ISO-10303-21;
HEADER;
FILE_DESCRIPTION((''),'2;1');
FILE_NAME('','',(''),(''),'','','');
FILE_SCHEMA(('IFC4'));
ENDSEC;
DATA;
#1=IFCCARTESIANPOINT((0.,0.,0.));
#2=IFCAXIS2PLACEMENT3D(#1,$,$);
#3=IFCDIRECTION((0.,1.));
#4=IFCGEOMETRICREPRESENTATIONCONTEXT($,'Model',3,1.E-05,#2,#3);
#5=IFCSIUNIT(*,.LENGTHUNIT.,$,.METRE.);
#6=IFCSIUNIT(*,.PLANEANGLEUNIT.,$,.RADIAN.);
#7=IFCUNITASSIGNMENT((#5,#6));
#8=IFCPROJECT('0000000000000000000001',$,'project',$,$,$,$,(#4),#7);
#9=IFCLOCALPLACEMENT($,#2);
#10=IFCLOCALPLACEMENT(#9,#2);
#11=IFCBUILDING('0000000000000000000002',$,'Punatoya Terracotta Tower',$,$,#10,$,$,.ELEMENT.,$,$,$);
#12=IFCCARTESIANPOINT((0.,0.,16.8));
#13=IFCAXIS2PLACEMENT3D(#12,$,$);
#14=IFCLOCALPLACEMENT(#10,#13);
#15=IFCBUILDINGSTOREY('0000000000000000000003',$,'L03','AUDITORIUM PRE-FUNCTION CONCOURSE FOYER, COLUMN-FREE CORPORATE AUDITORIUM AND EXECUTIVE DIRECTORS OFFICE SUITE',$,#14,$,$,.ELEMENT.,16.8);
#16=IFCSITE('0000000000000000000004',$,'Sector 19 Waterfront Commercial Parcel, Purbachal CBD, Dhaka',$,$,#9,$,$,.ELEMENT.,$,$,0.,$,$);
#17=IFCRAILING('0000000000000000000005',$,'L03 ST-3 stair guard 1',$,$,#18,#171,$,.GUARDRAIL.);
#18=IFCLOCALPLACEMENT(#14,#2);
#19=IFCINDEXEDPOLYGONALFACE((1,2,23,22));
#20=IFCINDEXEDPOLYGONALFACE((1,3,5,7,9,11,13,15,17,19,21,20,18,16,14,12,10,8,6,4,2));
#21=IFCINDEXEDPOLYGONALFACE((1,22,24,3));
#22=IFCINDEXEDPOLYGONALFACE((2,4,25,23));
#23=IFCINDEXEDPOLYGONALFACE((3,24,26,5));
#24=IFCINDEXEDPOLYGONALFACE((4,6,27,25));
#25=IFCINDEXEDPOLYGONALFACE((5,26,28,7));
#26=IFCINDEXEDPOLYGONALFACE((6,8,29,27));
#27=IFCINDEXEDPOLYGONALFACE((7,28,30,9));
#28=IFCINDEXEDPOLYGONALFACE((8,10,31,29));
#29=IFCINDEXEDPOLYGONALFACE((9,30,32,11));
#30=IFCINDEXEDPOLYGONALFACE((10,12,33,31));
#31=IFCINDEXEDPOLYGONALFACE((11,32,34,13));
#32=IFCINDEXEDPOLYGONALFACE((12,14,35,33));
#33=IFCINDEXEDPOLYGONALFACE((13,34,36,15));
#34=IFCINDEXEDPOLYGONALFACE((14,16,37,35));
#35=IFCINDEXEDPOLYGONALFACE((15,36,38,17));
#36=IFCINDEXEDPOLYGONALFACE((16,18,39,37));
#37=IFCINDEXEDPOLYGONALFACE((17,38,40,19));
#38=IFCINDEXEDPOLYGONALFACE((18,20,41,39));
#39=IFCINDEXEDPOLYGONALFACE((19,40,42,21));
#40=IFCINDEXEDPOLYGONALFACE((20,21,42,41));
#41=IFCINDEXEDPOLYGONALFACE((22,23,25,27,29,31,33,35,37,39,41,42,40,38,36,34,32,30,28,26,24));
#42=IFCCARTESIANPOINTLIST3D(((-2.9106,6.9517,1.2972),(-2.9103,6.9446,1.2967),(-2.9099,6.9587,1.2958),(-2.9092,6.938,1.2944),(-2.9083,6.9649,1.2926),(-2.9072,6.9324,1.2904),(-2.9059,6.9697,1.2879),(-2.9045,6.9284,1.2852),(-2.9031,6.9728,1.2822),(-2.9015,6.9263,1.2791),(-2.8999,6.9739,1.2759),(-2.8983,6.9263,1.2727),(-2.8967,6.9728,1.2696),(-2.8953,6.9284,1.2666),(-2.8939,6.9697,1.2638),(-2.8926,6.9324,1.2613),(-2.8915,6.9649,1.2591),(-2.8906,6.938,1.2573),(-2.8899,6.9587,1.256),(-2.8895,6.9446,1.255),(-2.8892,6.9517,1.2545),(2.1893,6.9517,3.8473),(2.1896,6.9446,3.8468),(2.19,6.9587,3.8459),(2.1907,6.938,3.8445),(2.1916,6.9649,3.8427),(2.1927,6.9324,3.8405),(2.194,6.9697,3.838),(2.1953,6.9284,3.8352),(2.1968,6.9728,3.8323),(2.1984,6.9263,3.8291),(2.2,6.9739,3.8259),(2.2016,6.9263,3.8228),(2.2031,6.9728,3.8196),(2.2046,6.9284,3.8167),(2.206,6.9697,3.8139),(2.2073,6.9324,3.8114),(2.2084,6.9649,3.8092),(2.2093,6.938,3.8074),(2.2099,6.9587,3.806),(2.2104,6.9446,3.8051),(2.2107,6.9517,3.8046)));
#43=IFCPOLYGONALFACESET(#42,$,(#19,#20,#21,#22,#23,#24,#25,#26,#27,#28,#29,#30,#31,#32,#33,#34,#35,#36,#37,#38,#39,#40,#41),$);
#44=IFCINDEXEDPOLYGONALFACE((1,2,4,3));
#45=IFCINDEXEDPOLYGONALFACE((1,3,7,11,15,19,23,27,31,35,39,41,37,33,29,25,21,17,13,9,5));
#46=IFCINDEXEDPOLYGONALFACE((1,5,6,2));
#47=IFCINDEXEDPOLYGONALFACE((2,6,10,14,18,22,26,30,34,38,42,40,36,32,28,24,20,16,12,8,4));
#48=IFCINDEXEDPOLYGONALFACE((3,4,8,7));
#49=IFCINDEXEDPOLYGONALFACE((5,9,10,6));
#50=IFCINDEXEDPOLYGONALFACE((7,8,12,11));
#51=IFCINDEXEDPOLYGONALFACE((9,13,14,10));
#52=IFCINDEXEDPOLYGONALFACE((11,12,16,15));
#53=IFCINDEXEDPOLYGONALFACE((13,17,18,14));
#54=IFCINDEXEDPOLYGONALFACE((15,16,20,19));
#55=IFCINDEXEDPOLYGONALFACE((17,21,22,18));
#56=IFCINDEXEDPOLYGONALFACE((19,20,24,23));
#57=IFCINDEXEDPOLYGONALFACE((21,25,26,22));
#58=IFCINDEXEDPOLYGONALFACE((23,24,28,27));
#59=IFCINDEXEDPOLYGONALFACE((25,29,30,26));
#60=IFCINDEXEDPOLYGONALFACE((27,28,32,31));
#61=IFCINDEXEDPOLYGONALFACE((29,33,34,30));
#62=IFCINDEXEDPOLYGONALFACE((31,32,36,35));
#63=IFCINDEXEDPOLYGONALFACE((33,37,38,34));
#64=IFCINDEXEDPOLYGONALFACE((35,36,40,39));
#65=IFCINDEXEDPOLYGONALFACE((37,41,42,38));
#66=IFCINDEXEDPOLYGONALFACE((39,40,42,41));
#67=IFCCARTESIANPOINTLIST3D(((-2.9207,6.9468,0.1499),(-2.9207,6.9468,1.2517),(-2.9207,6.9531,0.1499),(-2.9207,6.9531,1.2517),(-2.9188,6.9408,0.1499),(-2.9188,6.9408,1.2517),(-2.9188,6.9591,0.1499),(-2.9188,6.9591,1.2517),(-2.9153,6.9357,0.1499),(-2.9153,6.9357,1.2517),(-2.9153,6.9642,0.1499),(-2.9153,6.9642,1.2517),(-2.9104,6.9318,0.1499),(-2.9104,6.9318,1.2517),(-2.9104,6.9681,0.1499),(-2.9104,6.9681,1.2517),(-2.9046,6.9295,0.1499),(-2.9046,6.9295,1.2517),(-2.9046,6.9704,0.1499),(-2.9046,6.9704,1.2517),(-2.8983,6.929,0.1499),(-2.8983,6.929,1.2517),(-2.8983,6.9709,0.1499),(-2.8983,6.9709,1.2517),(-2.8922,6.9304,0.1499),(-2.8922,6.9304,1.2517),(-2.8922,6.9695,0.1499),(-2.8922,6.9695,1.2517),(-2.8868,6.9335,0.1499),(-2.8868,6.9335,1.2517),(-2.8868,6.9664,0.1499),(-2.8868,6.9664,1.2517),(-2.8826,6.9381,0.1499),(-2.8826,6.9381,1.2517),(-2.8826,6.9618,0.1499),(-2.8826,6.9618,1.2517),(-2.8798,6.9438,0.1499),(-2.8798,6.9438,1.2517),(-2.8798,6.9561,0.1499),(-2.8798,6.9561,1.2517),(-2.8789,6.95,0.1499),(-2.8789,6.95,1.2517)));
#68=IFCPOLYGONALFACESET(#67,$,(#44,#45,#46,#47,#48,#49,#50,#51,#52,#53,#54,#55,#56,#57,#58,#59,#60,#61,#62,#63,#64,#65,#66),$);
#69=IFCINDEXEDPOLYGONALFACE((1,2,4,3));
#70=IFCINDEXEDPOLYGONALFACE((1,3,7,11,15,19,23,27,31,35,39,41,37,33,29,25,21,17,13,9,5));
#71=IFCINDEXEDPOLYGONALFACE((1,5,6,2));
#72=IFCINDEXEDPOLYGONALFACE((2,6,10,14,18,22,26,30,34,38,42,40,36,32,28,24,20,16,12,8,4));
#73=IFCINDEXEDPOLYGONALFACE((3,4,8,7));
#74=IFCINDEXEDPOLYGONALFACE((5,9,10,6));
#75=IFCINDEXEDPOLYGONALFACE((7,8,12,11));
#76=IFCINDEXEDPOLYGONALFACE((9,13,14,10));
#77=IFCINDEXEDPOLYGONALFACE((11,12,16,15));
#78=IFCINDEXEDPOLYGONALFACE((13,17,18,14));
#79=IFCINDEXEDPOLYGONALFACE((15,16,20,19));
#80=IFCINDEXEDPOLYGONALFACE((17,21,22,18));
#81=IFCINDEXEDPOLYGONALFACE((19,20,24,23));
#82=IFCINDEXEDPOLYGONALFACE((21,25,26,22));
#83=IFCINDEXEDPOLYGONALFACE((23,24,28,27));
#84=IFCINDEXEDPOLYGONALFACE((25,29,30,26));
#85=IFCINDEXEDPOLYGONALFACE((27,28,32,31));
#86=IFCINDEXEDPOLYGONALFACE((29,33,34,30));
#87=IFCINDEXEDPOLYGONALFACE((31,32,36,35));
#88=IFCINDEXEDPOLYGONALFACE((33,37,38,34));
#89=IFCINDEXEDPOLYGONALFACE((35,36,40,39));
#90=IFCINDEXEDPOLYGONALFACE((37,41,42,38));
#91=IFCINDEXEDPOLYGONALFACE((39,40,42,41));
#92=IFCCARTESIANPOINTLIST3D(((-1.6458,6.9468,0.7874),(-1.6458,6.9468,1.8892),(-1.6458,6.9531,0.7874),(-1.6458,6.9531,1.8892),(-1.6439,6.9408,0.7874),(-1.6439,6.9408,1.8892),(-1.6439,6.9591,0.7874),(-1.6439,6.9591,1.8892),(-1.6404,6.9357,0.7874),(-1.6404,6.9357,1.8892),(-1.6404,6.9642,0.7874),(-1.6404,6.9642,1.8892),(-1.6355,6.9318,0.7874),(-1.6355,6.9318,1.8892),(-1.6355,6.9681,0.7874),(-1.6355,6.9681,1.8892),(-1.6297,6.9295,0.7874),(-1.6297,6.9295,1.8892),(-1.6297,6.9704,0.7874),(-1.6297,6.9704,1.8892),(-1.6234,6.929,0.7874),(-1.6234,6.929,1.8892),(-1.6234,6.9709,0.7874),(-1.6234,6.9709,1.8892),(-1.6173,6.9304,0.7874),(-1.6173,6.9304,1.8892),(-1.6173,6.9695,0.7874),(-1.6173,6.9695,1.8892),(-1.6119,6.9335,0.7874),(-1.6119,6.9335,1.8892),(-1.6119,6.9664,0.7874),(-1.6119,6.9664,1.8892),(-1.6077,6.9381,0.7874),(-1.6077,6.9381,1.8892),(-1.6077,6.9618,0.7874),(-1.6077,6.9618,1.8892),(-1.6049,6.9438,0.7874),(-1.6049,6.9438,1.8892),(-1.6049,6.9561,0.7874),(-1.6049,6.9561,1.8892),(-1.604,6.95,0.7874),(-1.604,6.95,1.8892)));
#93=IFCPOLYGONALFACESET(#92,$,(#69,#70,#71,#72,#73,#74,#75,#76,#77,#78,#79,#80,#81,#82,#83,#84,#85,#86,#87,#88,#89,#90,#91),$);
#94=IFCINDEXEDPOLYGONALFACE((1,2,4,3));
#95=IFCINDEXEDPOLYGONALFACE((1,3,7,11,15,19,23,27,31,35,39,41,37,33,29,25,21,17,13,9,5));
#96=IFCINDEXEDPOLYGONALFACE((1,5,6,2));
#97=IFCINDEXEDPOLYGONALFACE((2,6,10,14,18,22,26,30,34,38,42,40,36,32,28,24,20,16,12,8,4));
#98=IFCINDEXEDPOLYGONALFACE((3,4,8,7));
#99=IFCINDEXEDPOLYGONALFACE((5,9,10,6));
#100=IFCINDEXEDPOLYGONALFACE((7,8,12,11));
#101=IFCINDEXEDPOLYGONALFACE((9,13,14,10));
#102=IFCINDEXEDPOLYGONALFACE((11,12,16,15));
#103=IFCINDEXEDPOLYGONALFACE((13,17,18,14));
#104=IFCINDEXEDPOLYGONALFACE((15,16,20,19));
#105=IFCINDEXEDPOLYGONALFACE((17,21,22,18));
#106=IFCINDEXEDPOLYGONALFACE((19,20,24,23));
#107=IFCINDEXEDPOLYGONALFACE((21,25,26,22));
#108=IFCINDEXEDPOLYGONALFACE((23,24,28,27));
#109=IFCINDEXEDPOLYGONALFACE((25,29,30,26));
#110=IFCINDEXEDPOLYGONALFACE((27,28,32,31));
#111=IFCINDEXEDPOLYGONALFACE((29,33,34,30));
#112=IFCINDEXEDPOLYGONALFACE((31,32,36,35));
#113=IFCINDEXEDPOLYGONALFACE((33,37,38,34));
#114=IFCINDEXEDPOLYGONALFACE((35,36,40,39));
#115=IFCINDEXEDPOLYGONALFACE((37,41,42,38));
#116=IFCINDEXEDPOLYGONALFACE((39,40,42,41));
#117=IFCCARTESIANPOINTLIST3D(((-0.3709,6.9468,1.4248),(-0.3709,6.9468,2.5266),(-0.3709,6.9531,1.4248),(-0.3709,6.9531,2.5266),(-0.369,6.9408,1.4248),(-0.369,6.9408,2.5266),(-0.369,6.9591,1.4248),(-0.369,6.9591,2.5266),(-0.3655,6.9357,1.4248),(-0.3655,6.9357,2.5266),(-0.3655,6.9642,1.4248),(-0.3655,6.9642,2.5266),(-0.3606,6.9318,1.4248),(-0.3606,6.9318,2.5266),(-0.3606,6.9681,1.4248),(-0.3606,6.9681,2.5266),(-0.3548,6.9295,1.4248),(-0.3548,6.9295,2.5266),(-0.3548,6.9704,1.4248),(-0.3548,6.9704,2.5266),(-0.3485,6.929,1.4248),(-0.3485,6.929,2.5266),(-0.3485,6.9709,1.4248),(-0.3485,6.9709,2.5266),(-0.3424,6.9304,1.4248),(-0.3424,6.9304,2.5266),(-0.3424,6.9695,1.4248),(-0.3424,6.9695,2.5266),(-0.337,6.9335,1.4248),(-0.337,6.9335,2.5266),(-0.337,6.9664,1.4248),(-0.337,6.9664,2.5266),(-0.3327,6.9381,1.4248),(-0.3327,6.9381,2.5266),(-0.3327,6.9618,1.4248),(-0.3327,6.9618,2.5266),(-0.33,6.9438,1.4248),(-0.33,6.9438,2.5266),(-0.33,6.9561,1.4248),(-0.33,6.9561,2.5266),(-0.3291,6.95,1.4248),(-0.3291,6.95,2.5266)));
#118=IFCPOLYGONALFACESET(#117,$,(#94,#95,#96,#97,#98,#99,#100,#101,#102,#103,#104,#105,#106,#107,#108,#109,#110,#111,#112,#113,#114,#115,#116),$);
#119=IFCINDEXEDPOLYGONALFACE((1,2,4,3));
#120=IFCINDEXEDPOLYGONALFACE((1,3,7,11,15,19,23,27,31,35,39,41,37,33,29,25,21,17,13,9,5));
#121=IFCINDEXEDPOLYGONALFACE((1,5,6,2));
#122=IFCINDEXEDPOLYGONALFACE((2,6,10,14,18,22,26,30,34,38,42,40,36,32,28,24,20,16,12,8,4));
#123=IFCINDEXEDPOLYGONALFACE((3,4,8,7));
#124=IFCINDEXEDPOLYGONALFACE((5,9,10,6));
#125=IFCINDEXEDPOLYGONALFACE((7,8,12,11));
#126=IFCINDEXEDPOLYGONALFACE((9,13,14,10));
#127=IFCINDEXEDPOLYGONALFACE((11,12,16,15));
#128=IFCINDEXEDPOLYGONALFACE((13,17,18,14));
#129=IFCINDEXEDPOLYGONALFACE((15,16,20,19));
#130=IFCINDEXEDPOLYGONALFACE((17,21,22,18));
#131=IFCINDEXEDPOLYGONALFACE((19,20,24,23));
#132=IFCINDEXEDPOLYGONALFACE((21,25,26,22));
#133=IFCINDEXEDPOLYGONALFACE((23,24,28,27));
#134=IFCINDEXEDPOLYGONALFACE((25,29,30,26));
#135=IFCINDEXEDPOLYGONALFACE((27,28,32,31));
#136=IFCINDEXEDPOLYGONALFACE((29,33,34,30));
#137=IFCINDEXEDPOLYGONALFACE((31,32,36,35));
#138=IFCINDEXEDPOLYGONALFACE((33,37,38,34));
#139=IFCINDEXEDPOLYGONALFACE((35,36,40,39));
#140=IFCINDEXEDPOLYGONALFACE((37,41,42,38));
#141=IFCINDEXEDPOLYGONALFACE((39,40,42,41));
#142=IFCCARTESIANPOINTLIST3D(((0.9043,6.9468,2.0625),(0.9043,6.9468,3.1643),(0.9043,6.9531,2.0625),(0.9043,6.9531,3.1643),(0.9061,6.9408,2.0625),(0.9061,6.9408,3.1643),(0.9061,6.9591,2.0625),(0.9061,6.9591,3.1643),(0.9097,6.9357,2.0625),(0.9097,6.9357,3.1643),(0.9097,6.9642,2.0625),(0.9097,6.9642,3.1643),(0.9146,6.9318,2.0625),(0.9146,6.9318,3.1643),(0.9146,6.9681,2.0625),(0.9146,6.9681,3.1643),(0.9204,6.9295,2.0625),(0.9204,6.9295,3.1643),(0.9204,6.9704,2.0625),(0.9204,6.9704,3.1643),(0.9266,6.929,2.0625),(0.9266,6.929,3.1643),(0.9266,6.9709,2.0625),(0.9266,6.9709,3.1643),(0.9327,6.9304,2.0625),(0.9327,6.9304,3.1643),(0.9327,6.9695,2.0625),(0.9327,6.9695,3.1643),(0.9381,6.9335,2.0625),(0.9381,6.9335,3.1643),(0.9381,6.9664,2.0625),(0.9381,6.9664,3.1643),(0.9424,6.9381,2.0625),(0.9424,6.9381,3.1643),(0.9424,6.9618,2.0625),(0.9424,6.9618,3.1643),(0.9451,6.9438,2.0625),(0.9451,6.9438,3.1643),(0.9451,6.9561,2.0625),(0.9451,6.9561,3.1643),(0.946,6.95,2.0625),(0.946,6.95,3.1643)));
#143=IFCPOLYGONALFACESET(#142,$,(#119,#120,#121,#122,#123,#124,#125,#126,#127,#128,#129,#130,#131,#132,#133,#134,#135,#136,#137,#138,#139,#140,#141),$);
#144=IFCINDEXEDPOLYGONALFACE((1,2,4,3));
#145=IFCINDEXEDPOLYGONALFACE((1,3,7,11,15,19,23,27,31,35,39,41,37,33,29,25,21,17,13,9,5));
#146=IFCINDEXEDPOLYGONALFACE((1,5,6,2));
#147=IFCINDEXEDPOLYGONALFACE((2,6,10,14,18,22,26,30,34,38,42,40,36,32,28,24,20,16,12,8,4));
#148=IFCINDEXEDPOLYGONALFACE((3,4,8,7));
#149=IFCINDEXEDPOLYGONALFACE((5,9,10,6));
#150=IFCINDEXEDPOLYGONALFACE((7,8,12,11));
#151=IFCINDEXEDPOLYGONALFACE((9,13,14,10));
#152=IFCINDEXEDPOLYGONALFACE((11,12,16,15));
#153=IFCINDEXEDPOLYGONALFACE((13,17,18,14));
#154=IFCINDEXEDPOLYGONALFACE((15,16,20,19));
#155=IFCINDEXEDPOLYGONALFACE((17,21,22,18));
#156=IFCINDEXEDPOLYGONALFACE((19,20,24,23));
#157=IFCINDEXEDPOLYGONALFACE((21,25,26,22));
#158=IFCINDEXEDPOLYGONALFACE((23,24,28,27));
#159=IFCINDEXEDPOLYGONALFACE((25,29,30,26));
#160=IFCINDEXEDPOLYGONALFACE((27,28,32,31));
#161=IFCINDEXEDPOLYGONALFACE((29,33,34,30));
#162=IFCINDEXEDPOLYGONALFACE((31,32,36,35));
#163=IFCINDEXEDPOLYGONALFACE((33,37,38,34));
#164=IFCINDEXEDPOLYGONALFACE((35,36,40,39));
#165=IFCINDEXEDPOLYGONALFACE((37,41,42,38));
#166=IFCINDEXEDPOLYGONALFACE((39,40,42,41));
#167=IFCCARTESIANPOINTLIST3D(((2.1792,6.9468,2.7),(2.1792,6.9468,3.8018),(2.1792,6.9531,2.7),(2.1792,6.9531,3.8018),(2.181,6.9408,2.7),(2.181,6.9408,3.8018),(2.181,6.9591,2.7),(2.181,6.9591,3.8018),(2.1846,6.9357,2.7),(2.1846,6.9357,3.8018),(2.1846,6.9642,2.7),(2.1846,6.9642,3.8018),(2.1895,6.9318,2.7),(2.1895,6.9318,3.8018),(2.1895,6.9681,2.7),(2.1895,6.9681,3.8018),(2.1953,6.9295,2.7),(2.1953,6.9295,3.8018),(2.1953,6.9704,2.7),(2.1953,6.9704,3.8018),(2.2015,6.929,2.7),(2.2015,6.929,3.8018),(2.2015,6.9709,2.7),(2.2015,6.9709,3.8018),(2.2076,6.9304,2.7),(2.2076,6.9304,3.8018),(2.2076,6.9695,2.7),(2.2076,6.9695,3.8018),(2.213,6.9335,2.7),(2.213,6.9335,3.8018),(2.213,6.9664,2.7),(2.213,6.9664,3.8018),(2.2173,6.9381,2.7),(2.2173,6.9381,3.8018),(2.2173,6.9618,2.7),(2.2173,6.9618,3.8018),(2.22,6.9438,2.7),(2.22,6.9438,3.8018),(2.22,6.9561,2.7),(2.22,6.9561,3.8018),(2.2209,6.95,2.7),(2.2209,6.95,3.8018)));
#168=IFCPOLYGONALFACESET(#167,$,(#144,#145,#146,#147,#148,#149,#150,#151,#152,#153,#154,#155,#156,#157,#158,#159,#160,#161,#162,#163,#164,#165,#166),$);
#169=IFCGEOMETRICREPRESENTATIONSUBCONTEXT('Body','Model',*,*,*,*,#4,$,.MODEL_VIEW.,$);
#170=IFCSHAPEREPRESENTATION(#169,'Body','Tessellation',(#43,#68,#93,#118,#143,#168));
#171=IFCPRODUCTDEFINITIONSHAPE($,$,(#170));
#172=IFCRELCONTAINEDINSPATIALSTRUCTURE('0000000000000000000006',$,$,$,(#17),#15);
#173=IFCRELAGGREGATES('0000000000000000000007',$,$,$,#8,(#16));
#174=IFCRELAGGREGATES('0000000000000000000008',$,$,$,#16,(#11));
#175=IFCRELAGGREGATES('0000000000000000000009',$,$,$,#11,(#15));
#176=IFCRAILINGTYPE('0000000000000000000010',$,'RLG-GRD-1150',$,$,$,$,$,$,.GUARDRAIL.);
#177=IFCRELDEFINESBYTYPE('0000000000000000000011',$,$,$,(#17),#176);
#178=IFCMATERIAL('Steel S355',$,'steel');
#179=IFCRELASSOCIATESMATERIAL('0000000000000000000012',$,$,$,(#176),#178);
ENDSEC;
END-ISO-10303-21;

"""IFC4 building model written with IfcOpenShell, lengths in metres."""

from ifc_helpers import new_model, si_unit, direction, frame, origin, origin_2d, place, context, subcontext, project, spatial, circle, extrude, material, type_object, element, save


model = new_model("IFC4")

# Units and contexts
model_context = context("Model", 3, precision=1e-05, world=origin(), true_north=direction((0.0, 1.0)))
body_context = subcontext(model_context, "Body", "Model", "MODEL_VIEW")
ifc_project = project(units=[si_unit("LENGTHUNIT", "METRE"), si_unit("PLANEANGLEUNIT", "RADIAN")], contexts=[model_context])

# Site, building, storey
site_placement = place(None, origin())
site = spatial("IfcSite", under=ifc_project, at=site_placement, Name="Sector 19 Waterfront Commercial Parcel, Purbachal CBD, Dhaka", CompositionType="ELEMENT", RefElevation=0.0)
building_placement = place(site_placement, origin())
building = spatial("IfcBuilding", under=site, at=building_placement, Name="Punatoya Terracotta Tower", CompositionType="ELEMENT")
storey_placement = place(building_placement, frame((0.0, 0.0, 16.8)))
storey = spatial("IfcBuildingStorey", under=building, at=storey_placement, Name="L03", Description="AUDITORIUM PRE-FUNCTION CONCOURSE FOYER, COLUMN-FREE CORPORATE AUDITORIUM AND EXECUTIVE DIRECTORS OFFICE SUITE", CompositionType="ELEMENT", Elevation=16.8)

# Shared definitions
ifc_material_1 = material(Name="Steel S355", Category="steel")

# Railing
railing_type_1 = type_object("IfcRailingType", Name="RLG-GRD-1150", PredefinedType="GUARDRAIL", material=ifc_material_1)
railing_1_placement = place(storey_placement, frame((-2.8999, 6.95, 0.1499)))
element("IfcRailing", 1, at=railing_1_placement, inside=storey, type_object=railing_type_1, Name="L03 ST-3 stair guard 1", PredefinedType="GUARDRAIL", context=body_context, shape_type="SweptSolid", body=[
    extrude(circle(Radius=0.0239, at=origin_2d()), frame((0.0, 0.0, 1.126), z_axis=(0.894419, 0.0, 0.447231), x_axis=(0.0, 1.0, 0.0)), (0.0, 0.0, 1.0), 5.7019),
    extrude(circle(Radius=0.021, at=origin_2d()), origin(), (0.0, 0.0, 1.0), 1.1018),
    extrude(circle(Radius=0.021, at=origin_2d()), frame((1.2749, 0.0, 0.6375)), (0.0, 0.0, 1.0), 1.1018),
    extrude(circle(Radius=0.021, at=origin_2d()), frame((2.5498, 0.0, 1.2749)), (0.0, 0.0, 1.0), 1.1018),
    extrude(circle(Radius=0.021, at=origin_2d()), frame((3.825, 0.0, 1.9126)), (0.0, 0.0, 1.0), 1.1018),
    extrude(circle(Radius=0.021, at=origin_2d()), frame((5.0999, 0.0, 2.55)), (0.0, 0.0, 1.0), 1.1018),
])

save(model, "model.ifc")
